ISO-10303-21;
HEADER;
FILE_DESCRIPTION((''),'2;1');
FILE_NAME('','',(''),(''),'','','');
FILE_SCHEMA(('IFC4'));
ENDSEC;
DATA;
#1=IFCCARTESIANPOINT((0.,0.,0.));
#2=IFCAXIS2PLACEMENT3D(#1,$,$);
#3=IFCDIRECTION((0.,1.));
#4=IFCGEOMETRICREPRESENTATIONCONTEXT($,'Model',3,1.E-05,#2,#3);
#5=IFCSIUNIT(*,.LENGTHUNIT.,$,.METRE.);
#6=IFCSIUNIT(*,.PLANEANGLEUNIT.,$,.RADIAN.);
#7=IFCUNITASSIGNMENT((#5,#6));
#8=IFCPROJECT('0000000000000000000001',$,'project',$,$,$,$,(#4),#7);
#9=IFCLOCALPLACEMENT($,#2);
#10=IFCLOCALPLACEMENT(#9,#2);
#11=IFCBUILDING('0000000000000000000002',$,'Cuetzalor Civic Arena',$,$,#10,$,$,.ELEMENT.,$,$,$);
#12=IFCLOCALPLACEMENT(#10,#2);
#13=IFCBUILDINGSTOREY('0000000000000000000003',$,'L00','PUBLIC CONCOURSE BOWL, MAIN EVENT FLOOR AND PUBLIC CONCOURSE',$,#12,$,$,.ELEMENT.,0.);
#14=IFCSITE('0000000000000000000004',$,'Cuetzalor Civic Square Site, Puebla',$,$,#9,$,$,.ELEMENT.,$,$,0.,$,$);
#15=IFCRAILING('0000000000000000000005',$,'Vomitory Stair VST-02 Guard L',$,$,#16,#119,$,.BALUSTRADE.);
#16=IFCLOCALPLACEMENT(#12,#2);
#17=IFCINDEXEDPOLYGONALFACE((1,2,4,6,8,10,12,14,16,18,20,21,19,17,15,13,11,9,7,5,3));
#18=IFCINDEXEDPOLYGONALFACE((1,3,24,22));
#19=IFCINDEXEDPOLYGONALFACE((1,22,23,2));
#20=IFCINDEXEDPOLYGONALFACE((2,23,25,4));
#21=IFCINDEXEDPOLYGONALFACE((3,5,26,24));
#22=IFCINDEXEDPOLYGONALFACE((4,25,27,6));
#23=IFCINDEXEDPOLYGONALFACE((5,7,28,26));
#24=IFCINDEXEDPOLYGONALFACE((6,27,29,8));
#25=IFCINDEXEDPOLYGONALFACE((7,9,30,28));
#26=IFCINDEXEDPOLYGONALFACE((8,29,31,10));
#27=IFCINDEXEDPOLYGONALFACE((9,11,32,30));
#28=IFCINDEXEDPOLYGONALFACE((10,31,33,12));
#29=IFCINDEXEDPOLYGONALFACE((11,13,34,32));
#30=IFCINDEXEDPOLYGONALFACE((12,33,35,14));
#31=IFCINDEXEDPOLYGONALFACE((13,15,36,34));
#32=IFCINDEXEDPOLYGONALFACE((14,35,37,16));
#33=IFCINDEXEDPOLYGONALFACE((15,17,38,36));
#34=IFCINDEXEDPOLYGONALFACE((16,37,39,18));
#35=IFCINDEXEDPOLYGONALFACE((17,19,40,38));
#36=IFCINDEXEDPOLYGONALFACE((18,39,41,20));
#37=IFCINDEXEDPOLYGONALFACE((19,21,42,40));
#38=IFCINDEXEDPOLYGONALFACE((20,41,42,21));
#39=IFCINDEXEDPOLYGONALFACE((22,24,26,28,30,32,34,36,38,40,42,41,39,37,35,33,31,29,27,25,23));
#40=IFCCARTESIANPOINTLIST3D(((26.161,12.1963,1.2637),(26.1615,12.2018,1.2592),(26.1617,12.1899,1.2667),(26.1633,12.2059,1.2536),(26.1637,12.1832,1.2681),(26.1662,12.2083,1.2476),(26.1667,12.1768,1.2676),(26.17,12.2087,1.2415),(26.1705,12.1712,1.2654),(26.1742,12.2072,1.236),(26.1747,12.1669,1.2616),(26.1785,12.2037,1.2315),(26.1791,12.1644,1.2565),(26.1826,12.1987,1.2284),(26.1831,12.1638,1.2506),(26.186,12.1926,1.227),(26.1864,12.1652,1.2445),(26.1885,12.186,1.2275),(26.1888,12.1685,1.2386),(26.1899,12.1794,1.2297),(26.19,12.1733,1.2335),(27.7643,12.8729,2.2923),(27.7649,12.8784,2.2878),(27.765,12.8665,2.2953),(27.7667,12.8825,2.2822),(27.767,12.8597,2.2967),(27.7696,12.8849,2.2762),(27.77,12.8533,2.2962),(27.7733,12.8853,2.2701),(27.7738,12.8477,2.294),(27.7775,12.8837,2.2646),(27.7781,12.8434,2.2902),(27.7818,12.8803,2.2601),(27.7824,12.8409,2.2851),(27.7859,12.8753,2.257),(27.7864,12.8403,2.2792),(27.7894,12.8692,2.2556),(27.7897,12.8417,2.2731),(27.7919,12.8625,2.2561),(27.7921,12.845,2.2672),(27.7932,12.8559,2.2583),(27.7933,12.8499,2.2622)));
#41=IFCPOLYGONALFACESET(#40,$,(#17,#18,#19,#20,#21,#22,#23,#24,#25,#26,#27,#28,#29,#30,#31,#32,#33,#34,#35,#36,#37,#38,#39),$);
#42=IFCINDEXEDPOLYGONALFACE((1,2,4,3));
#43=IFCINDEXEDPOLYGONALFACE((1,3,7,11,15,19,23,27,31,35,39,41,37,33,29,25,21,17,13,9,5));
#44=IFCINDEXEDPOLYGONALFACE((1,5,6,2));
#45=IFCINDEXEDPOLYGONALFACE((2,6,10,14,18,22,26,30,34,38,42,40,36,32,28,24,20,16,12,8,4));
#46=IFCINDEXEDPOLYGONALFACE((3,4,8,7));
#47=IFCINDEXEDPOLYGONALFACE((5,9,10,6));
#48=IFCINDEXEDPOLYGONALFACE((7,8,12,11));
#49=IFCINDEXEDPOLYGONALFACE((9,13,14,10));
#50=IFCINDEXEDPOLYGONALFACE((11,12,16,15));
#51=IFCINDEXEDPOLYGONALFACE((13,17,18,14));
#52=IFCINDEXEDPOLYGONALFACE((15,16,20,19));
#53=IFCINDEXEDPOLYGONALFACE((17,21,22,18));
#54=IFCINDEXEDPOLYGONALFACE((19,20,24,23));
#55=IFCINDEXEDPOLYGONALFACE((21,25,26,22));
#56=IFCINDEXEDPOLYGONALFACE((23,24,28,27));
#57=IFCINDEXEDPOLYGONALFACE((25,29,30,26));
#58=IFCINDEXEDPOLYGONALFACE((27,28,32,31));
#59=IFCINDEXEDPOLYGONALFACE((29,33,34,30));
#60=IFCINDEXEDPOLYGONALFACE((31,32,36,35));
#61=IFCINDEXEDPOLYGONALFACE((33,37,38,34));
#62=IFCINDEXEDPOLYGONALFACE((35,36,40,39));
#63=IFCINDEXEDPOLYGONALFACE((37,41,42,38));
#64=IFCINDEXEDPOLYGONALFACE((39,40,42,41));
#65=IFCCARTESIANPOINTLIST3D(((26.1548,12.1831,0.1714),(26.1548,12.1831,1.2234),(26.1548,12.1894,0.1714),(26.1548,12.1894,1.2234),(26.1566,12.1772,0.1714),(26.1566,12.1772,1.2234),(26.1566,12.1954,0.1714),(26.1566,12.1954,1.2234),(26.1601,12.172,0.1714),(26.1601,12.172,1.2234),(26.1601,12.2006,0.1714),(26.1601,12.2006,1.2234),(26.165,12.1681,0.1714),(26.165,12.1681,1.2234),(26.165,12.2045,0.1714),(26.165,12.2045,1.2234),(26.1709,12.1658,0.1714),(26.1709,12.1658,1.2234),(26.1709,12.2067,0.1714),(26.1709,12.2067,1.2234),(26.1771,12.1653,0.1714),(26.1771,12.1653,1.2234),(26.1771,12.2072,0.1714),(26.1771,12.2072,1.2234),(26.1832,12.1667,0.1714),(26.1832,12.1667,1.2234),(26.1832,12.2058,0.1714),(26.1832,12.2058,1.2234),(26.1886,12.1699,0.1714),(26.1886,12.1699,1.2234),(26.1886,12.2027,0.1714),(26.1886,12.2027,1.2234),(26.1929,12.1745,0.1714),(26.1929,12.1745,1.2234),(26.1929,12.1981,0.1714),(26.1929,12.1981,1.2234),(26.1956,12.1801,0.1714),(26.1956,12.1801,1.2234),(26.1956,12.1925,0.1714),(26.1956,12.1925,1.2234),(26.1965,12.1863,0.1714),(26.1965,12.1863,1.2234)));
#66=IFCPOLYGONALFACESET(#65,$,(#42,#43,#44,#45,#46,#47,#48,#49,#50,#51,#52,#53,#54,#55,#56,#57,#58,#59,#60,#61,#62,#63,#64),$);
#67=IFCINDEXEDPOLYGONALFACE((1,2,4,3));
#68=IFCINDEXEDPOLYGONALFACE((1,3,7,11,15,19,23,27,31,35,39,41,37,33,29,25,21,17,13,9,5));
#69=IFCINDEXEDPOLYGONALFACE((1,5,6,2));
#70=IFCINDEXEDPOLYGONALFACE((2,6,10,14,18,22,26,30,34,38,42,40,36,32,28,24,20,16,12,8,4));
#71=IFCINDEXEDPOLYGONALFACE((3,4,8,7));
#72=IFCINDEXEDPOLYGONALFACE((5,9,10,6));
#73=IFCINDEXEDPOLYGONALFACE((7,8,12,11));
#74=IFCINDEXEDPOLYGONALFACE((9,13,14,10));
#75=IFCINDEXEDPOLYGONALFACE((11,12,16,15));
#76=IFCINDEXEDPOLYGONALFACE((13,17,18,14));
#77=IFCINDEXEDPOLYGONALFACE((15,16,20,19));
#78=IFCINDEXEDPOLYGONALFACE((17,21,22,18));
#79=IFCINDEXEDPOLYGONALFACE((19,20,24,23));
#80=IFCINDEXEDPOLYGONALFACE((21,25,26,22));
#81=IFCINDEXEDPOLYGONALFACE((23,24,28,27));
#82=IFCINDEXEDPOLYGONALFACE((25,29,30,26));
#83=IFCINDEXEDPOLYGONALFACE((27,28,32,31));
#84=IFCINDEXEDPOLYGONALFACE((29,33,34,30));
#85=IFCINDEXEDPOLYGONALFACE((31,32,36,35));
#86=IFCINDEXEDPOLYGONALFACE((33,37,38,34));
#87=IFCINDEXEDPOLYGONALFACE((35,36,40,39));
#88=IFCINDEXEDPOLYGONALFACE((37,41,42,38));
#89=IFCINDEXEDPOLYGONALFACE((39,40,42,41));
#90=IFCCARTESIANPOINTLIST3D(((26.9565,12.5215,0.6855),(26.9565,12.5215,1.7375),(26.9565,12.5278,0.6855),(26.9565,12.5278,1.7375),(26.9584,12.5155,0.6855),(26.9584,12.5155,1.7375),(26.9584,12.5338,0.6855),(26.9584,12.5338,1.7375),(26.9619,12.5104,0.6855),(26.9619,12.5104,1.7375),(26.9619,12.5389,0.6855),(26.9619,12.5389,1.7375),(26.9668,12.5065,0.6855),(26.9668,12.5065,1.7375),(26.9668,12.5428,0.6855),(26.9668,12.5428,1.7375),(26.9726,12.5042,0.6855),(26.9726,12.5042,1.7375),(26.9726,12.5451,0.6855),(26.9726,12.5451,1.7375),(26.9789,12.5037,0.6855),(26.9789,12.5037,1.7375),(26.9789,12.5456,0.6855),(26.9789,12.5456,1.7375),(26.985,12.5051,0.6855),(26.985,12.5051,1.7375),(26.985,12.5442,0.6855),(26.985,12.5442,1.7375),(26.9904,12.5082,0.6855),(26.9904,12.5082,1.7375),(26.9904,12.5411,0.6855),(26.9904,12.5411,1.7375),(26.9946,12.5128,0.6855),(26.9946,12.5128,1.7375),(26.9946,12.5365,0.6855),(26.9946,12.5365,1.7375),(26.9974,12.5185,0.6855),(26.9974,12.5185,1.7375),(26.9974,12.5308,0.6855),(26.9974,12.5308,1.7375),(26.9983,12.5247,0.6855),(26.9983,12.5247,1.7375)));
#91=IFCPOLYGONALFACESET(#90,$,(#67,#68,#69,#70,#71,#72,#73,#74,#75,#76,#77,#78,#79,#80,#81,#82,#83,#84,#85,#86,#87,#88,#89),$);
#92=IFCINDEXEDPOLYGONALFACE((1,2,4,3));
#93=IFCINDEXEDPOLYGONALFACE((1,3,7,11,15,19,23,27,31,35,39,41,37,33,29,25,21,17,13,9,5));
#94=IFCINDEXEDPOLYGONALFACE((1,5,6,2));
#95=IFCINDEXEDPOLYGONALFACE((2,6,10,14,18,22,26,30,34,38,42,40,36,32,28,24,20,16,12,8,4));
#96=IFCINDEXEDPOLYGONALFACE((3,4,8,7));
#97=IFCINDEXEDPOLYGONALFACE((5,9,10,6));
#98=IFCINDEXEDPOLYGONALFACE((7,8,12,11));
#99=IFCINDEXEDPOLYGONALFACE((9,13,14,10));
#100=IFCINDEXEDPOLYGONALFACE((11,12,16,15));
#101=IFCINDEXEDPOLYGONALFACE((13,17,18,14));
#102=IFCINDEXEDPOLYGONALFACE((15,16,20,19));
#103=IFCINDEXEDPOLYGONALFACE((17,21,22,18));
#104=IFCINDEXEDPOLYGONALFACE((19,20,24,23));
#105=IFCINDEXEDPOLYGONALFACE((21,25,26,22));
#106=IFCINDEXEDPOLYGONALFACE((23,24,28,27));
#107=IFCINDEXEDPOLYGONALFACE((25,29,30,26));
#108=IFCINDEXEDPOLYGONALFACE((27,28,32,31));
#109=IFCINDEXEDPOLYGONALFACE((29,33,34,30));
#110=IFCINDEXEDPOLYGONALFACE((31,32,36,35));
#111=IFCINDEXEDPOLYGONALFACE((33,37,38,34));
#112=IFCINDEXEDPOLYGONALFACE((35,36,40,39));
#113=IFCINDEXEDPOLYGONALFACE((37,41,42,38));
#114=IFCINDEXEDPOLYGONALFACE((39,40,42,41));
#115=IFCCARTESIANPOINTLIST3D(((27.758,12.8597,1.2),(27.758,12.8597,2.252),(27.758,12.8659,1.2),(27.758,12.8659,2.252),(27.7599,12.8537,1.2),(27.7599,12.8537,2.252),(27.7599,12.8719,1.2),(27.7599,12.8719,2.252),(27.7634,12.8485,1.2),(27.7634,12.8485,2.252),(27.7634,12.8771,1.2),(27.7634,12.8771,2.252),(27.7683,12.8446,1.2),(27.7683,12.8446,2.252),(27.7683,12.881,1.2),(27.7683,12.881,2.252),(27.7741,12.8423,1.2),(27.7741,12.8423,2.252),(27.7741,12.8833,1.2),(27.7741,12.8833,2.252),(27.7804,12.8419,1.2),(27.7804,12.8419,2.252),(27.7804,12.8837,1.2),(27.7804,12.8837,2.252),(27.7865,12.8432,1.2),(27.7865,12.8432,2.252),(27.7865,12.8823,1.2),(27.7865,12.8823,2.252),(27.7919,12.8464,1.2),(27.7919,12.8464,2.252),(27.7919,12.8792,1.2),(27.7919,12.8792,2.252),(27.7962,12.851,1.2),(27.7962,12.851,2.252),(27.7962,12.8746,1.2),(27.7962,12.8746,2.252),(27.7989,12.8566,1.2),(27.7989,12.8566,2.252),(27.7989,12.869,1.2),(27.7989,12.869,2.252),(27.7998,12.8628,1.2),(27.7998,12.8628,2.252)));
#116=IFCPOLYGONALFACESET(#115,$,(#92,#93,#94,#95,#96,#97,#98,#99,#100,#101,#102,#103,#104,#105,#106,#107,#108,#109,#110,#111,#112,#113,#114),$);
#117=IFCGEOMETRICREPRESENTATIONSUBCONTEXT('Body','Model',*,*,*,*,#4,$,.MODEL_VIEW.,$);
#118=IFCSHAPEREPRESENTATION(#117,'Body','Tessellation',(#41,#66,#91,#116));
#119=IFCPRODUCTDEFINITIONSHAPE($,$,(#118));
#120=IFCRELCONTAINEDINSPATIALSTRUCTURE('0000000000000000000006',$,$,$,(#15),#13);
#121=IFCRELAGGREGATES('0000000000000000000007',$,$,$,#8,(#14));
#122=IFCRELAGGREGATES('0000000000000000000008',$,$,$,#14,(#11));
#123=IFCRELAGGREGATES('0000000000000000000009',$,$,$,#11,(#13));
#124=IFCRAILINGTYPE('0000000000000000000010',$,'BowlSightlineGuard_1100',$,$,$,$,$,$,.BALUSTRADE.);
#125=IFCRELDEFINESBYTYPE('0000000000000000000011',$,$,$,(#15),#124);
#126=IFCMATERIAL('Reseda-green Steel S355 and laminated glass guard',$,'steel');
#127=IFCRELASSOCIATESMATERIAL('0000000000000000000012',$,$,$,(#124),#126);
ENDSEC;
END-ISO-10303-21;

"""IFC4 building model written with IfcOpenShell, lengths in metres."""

from ifc_helpers import new_model, si_unit, direction, frame, origin, origin_2d, place, context, subcontext, project, spatial, circle, extrude, material, type_object, element, save


model = new_model("IFC4")

# Units and contexts
model_context = context("Model", 3, precision=1e-05, world=origin(), true_north=direction((0.0, 1.0)))
body_context = subcontext(model_context, "Body", "Model", "MODEL_VIEW")
ifc_project = project(units=[si_unit("LENGTHUNIT", "METRE"), si_unit("PLANEANGLEUNIT", "RADIAN")], contexts=[model_context])

# Site, building, storey
site_placement = place(None, origin())
site = spatial("IfcSite", under=ifc_project, at=site_placement, Name="Cuetzalor Civic Square Site, Puebla", CompositionType="ELEMENT", RefElevation=0.0)
building_placement = place(site_placement, origin())
building = spatial("IfcBuilding", under=site, at=building_placement, Name="Cuetzalor Civic Arena", CompositionType="ELEMENT")
storey_placement = place(building_placement, origin())
storey = spatial("IfcBuildingStorey", under=building, at=storey_placement, Name="L00", Description="PUBLIC CONCOURSE BOWL, MAIN EVENT FLOOR AND PUBLIC CONCOURSE", CompositionType="ELEMENT", Elevation=0.0)

# Railing
ifc_material_1 = material(Name="Reseda-green Steel S355 and laminated glass guard", Category="steel")
railing_type_1 = type_object("IfcRailingType", Name="BowlSightlineGuard_1100", PredefinedType="BALUSTRADE", material=ifc_material_1)
railing_1_placement = place(storey_placement, frame((26.1755, 12.1863, 0.1714)))
element("IfcRailing", 1, at=railing_1_placement, inside=storey, type_object=railing_type_1, Name="Vomitory Stair VST-02 Guard L", PredefinedType="BALUSTRADE", context=body_context, shape_type="SweptSolid", body=[
    extrude(circle(Radius=0.0239, at=origin_2d()), frame((0.0, 0.0, 1.0762), z_axis=(0.793145, 0.334674, 0.508835), x_axis=(-0.388766, 0.921337, 0.0)), (0.0, 0.0, 1.0), 2.0215),
    extrude(circle(Radius=0.021, at=origin_2d()), origin(), (0.0, 0.0, 1.0), 1.052),
    extrude(circle(Radius=0.021, at=origin_2d()), frame((0.8018, 0.3384, 0.5142)), (0.0, 0.0, 1.0), 1.052),
    extrude(circle(Radius=0.021, at=origin_2d()), frame((1.6033, 0.6765, 1.0286)), (0.0, 0.0, 1.0), 1.052),
])

save(model, "model.ifc")
